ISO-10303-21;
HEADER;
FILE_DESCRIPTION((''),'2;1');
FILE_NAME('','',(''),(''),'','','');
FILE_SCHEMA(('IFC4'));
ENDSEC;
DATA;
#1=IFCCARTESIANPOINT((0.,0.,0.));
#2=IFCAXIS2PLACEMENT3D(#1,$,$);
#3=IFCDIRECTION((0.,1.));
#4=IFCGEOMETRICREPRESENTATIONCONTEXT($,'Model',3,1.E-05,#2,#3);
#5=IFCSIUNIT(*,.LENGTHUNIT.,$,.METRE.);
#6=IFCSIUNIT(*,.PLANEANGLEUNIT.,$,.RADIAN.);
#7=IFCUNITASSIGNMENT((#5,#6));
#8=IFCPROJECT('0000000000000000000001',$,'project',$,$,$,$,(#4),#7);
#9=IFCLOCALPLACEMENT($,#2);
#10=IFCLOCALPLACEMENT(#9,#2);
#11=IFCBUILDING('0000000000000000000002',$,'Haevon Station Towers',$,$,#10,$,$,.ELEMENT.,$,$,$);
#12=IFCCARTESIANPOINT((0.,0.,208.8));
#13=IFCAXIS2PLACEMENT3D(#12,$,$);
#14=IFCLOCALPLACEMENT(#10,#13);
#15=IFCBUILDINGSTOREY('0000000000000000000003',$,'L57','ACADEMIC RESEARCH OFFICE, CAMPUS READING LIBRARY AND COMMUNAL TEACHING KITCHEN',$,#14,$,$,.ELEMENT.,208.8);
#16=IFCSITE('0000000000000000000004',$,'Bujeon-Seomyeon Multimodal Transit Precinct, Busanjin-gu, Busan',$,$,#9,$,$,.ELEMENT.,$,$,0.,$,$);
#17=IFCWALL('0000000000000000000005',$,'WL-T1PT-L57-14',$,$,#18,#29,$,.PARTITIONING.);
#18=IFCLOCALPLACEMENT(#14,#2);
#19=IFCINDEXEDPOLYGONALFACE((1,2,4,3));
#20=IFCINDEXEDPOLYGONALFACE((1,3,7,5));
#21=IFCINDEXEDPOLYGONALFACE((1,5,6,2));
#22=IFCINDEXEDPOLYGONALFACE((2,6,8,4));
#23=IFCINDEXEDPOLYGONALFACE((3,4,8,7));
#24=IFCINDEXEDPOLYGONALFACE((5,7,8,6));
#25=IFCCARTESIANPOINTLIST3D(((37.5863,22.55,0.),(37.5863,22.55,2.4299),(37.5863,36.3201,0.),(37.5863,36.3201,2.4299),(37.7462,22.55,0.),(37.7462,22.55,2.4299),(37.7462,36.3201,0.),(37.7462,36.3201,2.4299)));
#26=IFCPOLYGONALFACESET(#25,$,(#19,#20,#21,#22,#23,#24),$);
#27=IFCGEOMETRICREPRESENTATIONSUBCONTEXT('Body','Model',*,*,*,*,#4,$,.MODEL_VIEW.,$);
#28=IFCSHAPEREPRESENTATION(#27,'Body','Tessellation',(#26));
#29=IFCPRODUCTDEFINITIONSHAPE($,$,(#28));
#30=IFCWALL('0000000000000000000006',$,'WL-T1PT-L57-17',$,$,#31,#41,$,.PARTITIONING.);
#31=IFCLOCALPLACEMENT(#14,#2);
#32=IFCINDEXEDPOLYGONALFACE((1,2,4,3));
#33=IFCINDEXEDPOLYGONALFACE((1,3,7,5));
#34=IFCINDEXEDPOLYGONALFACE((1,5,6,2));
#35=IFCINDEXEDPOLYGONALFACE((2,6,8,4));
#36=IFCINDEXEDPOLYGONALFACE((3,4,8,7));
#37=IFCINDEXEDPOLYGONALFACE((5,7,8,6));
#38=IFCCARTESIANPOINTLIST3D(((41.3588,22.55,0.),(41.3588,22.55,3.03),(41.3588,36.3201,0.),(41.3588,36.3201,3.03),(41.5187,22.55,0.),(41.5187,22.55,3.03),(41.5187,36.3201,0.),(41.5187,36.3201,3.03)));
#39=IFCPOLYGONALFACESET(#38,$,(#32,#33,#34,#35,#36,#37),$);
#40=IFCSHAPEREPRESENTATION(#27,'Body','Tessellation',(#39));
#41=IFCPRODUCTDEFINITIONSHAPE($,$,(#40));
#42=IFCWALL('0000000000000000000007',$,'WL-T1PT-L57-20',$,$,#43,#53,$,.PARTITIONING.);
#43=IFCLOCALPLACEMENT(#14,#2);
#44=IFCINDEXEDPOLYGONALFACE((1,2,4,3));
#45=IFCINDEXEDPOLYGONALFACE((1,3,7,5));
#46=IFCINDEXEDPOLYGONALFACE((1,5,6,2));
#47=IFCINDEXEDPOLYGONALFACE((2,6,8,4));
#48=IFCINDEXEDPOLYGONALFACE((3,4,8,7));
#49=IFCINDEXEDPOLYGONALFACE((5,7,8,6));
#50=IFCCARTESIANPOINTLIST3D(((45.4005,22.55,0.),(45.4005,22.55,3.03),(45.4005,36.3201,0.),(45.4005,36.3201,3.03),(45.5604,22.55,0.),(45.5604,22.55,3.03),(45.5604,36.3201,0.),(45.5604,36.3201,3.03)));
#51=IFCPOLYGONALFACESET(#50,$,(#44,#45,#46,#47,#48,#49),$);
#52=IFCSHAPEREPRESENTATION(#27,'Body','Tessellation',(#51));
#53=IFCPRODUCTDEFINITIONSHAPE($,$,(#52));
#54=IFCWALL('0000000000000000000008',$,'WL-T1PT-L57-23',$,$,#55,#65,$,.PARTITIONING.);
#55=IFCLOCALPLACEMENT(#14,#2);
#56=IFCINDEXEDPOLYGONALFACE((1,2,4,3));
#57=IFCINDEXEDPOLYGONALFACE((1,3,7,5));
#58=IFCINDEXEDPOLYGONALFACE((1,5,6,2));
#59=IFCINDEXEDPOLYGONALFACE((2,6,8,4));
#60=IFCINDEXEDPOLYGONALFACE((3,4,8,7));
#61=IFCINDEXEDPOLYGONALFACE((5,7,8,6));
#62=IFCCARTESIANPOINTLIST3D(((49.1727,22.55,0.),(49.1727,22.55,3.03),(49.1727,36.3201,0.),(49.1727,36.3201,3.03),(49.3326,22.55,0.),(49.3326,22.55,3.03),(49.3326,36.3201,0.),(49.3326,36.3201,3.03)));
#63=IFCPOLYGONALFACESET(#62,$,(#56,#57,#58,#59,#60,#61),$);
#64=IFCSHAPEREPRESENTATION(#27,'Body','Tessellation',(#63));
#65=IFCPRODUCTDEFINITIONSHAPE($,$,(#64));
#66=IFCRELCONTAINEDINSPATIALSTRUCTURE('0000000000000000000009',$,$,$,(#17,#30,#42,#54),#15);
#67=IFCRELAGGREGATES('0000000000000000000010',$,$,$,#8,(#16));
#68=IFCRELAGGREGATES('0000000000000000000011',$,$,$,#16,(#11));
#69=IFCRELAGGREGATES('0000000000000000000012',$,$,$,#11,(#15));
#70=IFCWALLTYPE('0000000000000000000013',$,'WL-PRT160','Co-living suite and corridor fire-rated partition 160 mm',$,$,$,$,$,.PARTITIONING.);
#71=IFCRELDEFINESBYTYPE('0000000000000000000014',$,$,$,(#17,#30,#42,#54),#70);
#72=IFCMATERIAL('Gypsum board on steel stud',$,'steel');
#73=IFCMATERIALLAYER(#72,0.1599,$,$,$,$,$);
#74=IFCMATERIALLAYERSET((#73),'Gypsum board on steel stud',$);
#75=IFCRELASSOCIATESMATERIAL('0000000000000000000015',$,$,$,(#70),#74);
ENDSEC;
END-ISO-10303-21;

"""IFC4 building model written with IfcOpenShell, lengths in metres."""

from ifc_helpers import new_model, si_unit, direction, frame, frame_2d, origin, place, context, subcontext, project, spatial, rectangle, extrude, material, layer, layer_set, type_object, element, save


model = new_model("IFC4")

# Units and contexts
model_context = context("Model", 3, precision=1e-05, world=origin(), true_north=direction((0.0, 1.0)))
body_context = subcontext(model_context, "Body", "Model", "MODEL_VIEW")
ifc_project = project(units=[si_unit("LENGTHUNIT", "METRE"), si_unit("PLANEANGLEUNIT", "RADIAN")], contexts=[model_context])

# Site, building, storey
site_placement = place(None, origin())
site = spatial("IfcSite", under=ifc_project, at=site_placement, Name="Bujeon-Seomyeon Multimodal Transit Precinct, Busanjin-gu, Busan", CompositionType="ELEMENT", RefElevation=0.0)
building_placement = place(site_placement, origin())
building = spatial("IfcBuilding", under=site, at=building_placement, Name="Haevon Station Towers", CompositionType="ELEMENT")
storey_placement = place(building_placement, frame((0.0, 0.0, 208.8)))
storey = spatial("IfcBuildingStorey", under=building, at=storey_placement, Name="L57", Description="ACADEMIC RESEARCH OFFICE, CAMPUS READING LIBRARY AND COMMUNAL TEACHING KITCHEN", CompositionType="ELEMENT", Elevation=208.8)

# Walls
ifc_material_1 = material(Name="Gypsum board on steel stud", Category="steel")
ifc_layer_1 = layer(ifc_material_1, 0.1599)
ifc_layer_set_1 = layer_set([ifc_layer_1], Name="Gypsum board on steel stud")
wall_type_1 = type_object("IfcWallType", Name="WL-PRT160", Description="Co-living suite and corridor fire-rated partition 160 mm", PredefinedType="PARTITIONING", material=ifc_layer_set_1)
wall_1_placement = place(storey_placement, frame((37.6663, 22.55, 0.0), z_axis=(0.0, 0.0, 1.0), x_axis=(0.0, 1.0, 0.0)))
element("IfcWall", 1, at=wall_1_placement, inside=storey, type_object=wall_type_1, Name="WL-T1PT-L57-14", PredefinedType="PARTITIONING", context=body_context, shape_type="SweptSolid", body=[
    extrude(rectangle(XDim=13.77, YDim=0.1599, at=frame_2d((6.885, 0.0))), origin(), (0.0, 0.0, 1.0), 2.4299),
])
for number, where, z_axis, x_axis, name in (
    (2, (41.4387, 22.55, 0.0), (0.0, 0.0, 1.0), (0.0, 1.0, 0.0), "WL-T1PT-L57-17"),
    (3, (45.4805, 22.55, 0.0), (0.0, 0.0, 1.0), (0.0, 1.0, 0.0), "WL-T1PT-L57-20"),
    (4, (49.2527, 22.55, 0.0), (0.0, 0.0, 1.0), (0.0, 1.0, 0.0), "WL-T1PT-L57-23"),
):
    element("IfcWall", number, at=place(storey_placement, frame(where, z_axis=z_axis, x_axis=x_axis)), inside=storey, type_object=wall_type_1, Name=name, PredefinedType="PARTITIONING", context=body_context, shape_type="SweptSolid", body=[
        extrude(rectangle(XDim=13.77, YDim=0.1599, at=frame_2d((6.885, 0.0))), origin(), (0.0, 0.0, 1.0), 3.03),
    ])

save(model, "model.ifc")
